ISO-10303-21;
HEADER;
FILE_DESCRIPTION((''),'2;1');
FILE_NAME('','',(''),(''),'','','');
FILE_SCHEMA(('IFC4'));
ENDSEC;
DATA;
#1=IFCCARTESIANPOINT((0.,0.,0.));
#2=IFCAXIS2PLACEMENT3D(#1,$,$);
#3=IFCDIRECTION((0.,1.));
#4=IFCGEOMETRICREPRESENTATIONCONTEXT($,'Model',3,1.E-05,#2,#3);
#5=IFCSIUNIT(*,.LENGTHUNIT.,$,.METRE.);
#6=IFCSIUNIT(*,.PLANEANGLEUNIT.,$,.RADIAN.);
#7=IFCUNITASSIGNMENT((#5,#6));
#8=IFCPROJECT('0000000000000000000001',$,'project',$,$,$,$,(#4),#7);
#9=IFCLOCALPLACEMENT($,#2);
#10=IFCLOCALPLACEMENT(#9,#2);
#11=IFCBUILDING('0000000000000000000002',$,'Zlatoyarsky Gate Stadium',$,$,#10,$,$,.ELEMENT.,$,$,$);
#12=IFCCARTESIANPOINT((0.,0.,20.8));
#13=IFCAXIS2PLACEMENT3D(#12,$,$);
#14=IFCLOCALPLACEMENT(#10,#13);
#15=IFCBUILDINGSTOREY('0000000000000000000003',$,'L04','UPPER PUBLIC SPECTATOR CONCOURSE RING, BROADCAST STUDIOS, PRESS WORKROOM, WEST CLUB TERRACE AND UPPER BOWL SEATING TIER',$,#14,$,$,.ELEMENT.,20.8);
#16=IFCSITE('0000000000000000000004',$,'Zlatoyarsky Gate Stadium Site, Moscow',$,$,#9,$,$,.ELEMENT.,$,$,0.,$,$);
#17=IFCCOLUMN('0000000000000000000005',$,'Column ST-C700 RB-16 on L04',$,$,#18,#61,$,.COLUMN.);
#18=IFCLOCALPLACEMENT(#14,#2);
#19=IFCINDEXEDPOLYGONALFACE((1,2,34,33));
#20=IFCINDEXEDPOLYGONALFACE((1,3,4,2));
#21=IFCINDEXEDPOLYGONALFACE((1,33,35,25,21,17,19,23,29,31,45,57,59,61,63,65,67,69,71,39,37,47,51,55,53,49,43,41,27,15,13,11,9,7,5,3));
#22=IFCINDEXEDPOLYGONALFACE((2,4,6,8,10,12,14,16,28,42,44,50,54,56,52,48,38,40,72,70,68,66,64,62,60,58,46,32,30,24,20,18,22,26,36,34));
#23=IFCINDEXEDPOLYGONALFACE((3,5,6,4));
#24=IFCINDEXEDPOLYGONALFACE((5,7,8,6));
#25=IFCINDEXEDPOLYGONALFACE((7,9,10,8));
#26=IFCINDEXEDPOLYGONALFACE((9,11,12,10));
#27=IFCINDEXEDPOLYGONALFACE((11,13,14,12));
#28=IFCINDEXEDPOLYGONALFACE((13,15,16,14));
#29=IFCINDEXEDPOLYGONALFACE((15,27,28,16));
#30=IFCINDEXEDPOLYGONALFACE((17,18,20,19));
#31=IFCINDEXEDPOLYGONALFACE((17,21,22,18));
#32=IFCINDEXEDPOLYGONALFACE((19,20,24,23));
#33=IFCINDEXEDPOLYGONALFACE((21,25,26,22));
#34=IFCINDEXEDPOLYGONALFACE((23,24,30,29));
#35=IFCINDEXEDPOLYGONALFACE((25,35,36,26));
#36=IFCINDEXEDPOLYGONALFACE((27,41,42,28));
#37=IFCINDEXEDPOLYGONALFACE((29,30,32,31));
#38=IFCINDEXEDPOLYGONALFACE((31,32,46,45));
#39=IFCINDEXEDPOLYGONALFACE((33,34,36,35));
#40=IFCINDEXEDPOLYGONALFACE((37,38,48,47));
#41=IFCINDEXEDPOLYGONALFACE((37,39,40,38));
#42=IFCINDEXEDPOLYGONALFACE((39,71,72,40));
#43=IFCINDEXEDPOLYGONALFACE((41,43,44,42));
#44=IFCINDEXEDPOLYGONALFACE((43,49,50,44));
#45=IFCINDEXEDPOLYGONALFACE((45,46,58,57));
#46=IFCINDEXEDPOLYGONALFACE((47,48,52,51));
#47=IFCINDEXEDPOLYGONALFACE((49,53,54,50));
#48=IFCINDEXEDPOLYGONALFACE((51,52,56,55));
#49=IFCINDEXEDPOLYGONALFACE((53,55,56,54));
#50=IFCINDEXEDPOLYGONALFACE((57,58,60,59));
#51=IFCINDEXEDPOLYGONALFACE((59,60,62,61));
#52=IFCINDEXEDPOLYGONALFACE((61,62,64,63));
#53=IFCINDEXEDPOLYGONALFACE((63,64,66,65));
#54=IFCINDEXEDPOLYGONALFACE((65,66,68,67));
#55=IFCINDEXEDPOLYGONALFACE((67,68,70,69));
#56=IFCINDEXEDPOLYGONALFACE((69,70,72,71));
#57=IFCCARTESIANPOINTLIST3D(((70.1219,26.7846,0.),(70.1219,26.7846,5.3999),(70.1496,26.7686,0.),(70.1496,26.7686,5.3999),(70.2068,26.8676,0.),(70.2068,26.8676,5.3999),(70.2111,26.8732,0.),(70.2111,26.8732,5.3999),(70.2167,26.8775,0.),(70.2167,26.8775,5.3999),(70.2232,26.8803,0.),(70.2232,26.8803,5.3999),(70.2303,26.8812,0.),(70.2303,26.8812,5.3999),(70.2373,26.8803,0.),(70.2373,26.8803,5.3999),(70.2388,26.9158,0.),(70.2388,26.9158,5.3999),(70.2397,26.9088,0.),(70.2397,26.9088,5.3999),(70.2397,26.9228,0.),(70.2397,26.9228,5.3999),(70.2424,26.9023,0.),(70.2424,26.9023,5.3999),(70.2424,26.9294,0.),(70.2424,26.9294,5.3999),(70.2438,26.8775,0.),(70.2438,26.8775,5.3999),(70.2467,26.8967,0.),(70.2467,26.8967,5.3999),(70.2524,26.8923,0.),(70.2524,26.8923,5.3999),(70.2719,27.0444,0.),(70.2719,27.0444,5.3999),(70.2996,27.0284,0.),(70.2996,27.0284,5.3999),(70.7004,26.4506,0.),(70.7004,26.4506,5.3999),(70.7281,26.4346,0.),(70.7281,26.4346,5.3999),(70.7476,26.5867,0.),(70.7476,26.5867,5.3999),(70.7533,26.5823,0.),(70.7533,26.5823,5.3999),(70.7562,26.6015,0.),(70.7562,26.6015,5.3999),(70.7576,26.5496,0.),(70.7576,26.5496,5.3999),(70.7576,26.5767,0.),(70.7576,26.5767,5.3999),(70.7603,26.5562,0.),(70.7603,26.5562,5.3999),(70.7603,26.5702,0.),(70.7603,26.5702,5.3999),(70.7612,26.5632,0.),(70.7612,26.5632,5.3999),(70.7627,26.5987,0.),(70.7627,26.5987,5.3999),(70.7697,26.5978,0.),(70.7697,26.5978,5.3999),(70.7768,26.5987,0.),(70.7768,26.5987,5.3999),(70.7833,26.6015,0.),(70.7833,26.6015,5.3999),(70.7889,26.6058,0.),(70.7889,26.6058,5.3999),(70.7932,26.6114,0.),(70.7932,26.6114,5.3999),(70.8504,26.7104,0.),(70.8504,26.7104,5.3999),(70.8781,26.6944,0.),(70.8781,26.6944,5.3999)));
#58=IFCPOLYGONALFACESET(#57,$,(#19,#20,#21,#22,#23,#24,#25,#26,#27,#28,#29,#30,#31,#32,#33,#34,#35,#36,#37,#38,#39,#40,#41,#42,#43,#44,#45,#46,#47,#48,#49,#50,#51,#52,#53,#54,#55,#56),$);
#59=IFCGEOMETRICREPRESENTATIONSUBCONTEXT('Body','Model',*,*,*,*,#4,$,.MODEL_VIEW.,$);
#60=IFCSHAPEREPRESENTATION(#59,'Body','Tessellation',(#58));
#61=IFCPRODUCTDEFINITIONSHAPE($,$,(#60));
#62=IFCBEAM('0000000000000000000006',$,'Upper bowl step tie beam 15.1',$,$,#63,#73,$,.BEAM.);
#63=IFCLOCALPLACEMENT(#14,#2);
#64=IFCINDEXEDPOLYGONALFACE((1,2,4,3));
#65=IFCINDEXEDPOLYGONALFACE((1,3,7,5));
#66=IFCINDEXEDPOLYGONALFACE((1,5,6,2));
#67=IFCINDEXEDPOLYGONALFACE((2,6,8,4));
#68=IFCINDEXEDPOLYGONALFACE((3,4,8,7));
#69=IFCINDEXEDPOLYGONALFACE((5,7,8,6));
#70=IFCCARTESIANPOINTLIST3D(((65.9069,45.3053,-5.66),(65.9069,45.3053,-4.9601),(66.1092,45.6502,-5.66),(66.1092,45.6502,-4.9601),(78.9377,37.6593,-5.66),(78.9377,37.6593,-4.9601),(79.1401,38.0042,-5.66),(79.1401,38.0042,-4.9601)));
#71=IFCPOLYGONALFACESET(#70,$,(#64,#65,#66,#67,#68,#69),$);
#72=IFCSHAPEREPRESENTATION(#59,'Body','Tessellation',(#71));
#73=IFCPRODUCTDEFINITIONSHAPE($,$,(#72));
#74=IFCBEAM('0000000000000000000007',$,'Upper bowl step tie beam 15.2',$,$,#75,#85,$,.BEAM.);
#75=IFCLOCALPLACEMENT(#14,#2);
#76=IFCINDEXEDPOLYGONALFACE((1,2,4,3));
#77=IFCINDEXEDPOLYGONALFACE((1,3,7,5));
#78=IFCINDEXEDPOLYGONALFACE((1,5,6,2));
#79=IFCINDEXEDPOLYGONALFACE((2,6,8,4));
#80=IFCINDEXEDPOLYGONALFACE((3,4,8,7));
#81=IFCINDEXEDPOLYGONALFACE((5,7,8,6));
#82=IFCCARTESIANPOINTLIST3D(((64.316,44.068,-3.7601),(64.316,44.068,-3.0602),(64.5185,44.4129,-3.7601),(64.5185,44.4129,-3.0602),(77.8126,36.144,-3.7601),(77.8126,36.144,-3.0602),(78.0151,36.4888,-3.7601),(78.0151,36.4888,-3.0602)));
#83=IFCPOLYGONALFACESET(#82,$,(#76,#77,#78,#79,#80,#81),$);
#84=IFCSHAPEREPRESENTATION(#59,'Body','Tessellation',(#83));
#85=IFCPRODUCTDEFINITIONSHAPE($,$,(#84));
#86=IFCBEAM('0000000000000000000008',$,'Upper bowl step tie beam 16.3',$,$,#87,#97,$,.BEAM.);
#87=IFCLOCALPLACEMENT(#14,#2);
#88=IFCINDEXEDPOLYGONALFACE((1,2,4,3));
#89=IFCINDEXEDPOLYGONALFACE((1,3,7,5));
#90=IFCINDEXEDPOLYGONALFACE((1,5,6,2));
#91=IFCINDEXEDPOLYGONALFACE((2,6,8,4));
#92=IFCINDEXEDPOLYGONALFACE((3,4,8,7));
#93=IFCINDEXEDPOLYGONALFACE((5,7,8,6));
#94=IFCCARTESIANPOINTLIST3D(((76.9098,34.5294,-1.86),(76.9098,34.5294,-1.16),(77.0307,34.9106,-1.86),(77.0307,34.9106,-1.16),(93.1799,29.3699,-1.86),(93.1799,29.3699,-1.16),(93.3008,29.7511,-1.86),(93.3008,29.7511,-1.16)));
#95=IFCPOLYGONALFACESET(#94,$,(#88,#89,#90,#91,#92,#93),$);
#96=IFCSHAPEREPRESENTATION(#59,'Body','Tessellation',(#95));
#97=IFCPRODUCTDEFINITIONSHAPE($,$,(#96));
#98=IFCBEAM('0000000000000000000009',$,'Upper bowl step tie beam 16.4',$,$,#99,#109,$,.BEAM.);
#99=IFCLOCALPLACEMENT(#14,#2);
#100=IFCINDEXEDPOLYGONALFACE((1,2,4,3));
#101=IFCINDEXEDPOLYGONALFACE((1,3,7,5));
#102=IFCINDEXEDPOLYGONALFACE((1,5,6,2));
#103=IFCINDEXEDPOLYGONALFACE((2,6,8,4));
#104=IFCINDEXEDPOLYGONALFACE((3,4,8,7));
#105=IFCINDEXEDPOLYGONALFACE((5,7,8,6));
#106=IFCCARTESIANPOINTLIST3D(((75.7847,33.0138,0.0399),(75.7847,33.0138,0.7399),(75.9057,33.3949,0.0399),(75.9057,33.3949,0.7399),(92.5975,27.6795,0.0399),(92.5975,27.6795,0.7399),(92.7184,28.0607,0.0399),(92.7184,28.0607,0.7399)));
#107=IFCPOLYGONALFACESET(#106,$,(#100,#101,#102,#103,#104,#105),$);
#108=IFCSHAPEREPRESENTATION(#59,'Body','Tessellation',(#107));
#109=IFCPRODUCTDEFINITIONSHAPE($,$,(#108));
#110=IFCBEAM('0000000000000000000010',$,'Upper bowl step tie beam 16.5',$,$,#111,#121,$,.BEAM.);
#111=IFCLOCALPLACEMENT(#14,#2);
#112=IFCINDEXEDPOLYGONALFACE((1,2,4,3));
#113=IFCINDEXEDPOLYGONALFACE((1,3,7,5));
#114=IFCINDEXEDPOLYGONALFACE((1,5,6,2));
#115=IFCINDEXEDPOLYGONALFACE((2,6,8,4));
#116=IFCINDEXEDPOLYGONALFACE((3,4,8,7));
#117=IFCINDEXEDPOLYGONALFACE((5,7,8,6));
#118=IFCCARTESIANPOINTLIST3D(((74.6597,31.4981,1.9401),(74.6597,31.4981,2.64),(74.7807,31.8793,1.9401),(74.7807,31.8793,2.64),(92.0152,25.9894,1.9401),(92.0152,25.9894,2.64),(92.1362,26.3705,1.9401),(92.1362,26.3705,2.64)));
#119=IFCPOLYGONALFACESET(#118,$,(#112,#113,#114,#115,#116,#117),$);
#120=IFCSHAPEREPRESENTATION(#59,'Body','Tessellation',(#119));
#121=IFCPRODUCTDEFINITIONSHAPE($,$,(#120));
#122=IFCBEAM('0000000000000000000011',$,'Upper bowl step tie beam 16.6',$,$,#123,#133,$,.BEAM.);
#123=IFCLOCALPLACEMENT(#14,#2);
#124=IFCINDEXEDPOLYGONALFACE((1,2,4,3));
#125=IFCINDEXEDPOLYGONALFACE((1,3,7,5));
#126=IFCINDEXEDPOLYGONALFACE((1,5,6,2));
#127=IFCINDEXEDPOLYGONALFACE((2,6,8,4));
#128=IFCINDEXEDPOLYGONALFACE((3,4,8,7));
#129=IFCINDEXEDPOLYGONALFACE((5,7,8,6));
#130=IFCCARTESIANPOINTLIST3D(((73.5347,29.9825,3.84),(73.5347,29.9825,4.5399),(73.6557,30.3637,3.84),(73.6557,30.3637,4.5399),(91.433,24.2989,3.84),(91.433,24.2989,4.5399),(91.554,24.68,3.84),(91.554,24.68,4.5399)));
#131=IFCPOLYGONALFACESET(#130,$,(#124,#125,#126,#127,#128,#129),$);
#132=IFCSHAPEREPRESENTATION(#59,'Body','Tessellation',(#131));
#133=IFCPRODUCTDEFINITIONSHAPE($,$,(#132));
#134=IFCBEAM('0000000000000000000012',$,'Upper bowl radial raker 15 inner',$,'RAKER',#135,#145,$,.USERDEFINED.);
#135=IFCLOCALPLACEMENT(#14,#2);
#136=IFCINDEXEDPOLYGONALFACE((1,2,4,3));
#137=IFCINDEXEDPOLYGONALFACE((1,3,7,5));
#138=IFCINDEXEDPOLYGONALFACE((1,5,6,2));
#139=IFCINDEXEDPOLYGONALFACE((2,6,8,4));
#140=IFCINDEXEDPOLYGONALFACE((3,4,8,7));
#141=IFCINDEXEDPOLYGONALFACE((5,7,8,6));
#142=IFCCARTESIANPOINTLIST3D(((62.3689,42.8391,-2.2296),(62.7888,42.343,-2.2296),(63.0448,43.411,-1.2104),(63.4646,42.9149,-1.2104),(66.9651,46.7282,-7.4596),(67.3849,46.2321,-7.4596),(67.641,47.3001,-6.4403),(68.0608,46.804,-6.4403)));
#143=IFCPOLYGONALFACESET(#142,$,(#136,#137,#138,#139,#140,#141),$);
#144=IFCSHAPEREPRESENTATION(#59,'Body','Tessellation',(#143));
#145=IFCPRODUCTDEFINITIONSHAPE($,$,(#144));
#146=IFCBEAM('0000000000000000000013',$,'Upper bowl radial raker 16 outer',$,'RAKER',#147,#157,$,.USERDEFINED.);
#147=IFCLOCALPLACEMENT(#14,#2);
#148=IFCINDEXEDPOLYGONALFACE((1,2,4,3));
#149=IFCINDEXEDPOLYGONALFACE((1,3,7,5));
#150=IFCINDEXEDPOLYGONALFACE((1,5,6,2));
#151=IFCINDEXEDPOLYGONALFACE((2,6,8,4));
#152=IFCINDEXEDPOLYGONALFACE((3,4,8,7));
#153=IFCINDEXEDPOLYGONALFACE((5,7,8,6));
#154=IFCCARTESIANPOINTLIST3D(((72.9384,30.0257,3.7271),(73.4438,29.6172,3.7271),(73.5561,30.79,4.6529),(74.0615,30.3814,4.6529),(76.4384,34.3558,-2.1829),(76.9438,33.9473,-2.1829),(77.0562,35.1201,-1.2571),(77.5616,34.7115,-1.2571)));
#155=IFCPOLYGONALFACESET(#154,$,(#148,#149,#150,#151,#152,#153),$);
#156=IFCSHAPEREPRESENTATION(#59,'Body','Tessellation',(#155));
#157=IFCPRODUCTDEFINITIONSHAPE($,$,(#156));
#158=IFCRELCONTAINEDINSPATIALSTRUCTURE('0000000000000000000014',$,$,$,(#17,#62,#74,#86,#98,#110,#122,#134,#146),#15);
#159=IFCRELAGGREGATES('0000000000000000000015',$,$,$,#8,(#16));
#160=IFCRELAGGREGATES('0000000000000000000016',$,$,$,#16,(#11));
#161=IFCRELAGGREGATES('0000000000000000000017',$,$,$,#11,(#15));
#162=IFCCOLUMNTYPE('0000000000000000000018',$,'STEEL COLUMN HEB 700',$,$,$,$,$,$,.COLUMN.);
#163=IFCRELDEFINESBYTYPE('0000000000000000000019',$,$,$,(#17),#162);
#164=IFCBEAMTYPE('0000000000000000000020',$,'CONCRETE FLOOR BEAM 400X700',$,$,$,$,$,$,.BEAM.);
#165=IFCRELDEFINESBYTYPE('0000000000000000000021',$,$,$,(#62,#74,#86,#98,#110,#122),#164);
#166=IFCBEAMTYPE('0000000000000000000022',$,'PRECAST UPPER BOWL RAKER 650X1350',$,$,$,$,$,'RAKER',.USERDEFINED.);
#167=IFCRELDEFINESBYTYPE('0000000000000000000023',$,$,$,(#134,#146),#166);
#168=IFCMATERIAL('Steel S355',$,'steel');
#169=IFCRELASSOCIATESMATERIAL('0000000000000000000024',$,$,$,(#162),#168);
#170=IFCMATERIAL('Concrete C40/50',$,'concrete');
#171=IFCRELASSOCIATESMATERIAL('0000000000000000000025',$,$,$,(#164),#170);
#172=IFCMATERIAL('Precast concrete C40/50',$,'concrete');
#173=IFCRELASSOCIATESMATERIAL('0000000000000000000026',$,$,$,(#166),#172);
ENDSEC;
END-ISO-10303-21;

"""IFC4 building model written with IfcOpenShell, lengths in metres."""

from ifc_helpers import new_model, si_unit, direction, frame, origin, origin_2d, place, context, subcontext, project, spatial, rectangle, i_section, extrude, material, material_profile, profile_set, type_object, element, save


model = new_model("IFC4")

# Units and contexts
model_context = context("Model", 3, precision=1e-05, world=origin(), true_north=direction((0.0, 1.0)))
body_context = subcontext(model_context, "Body", "Model", "MODEL_VIEW")
ifc_project = project(units=[si_unit("LENGTHUNIT", "METRE"), si_unit("PLANEANGLEUNIT", "RADIAN")], contexts=[model_context])

# Site, building, storey
site_placement = place(None, origin())
site = spatial("IfcSite", under=ifc_project, at=site_placement, Name="Zlatoyarsky Gate Stadium Site, Moscow", CompositionType="ELEMENT", RefElevation=0.0)
building_placement = place(site_placement, origin())
building = spatial("IfcBuilding", under=site, at=building_placement, Name="Zlatoyarsky Gate Stadium", CompositionType="ELEMENT")
storey_placement = place(building_placement, frame((0.0, 0.0, 20.8)))
storey = spatial("IfcBuildingStorey", under=building, at=storey_placement, Name="L04", Description="UPPER PUBLIC SPECTATOR CONCOURSE RING, BROADCAST STUDIOS, PRESS WORKROOM, WEST CLUB TERRACE AND UPPER BOWL SEATING TIER", CompositionType="ELEMENT", Elevation=20.8)

# Column
ifc_material_1 = material(Name="Steel S355", Category="steel")
ifc_material_profile_1 = material_profile(ifc_material_1, i_section(OverallWidth=0.3, OverallDepth=0.7, WebThickness=0.0171, FlangeThickness=0.032, FilletRadius=0.0271, at=origin_2d()), Name="HEB 700")
ifc_profile_set_1 = profile_set([ifc_material_profile_1], Name="Steel S355")
column_type = type_object("IfcColumnType", Name="STEEL COLUMN HEB 700", PredefinedType="COLUMN", material=ifc_profile_set_1)
column_placement = place(storey_placement, frame((70.5, 26.7395, 0.0), z_axis=(0.0, 0.0, 1.0), x_axis=(-0.5, -0.866025, 0.0)))
element("IfcColumn", 1, at=column_placement, inside=storey, type_object=column_type, Name="Column ST-C700 RB-16 on L04", PredefinedType="COLUMN", context=body_context, shape_type="SweptSolid", body=[
    extrude(i_section(OverallWidth=0.3, OverallDepth=0.7, WebThickness=0.0171, FlangeThickness=0.032, FilletRadius=0.0271, at=origin_2d()), origin(), (0.0, 0.0, 1.0), 5.3999),
])

# Beams
ifc_material_2 = material(Name="Concrete C40/50", Category="concrete")
ifc_material_profile_2 = material_profile(ifc_material_2, rectangle(XDim=0.3999, YDim=0.7, at=origin_2d()), Name="RC BEAM 400X700")
ifc_profile_set_2 = profile_set([ifc_material_profile_2], Name="Concrete C40/50")
beam_type_1 = type_object("IfcBeamType", Name="CONCRETE FLOOR BEAM 400X700", PredefinedType="BEAM", material=ifc_profile_set_2)
beam_1_placement = place(storey_placement, frame((66.0081, 45.4778, -5.3101), z_axis=(0.862488, -0.506078, 0.0), x_axis=(0.506078, 0.862488, 0.0)))
element("IfcBeam", 2, at=beam_1_placement, inside=storey, type_object=beam_type_1, Name="Upper bowl step tie beam 15.1", PredefinedType="BEAM", context=body_context, shape_type="SweptSolid", body=[
    extrude(rectangle(XDim=0.3999, YDim=0.7, at=origin_2d()), origin(), (0.0, 0.0, 1.0), 15.1084),
])
beam_2_placement = place(storey_placement, frame((64.4172, 44.2405, -3.4102), z_axis=(0.862355, -0.506303, 0.0), x_axis=(0.506303, 0.862355, 0.0)))
element("IfcBeam", 3, at=beam_2_placement, inside=storey, type_object=beam_type_1, Name="Upper bowl step tie beam 15.2", PredefinedType="BEAM", context=body_context, shape_type="SweptSolid", body=[
    extrude(rectangle(XDim=0.3999, YDim=0.7, at=origin_2d()), origin(), (0.0, 0.0, 1.0), 15.6509),
])
beam_3_placement = place(storey_placement, frame((76.9702, 34.72, -1.51), z_axis=(0.95322, -0.302278, 0.0), x_axis=(0.302278, 0.95322, 0.0)))
element("IfcBeam", 4, at=beam_3_placement, inside=storey, type_object=beam_type_1, Name="Upper bowl step tie beam 16.3", PredefinedType="BEAM", context=body_context, shape_type="SweptSolid", body=[
    extrude(rectangle(XDim=0.3999, YDim=0.7, at=origin_2d()), origin(), (0.0, 0.0, 1.0), 17.0686),
])
beam_4_placement = place(storey_placement, frame((75.8452, 33.2043, 0.3899), z_axis=(0.953176, -0.302417, 0.0), x_axis=(0.302417, 0.953176, 0.0)))
element("IfcBeam", 5, at=beam_4_placement, inside=storey, type_object=beam_type_1, Name="Upper bowl step tie beam 16.4", PredefinedType="BEAM", context=body_context, shape_type="SweptSolid", body=[
    extrude(rectangle(XDim=0.3999, YDim=0.7, at=origin_2d()), origin(), (0.0, 0.0, 1.0), 17.6387),
])
beam_5_placement = place(storey_placement, frame((74.7202, 31.6887, 2.29), z_axis=(0.953138, -0.302535, 0.0), x_axis=(0.302535, 0.953138, 0.0)))
element("IfcBeam", 6, at=beam_5_placement, inside=storey, type_object=beam_type_1, Name="Upper bowl step tie beam 16.5", PredefinedType="BEAM", context=body_context, shape_type="SweptSolid", body=[
    extrude(rectangle(XDim=0.3999, YDim=0.7, at=origin_2d()), origin(), (0.0, 0.0, 1.0), 18.2087),
])
beam_6_placement = place(storey_placement, frame((73.5952, 30.1731, 4.1899), z_axis=(0.953099, -0.302658, 0.0), x_axis=(0.302658, 0.953099, 0.0)))
element("IfcBeam", 7, at=beam_6_placement, inside=storey, type_object=beam_type_1, Name="Upper bowl step tie beam 16.6", PredefinedType="BEAM", context=body_context, shape_type="SweptSolid", body=[
    extrude(rectangle(XDim=0.3999, YDim=0.7, at=origin_2d()), origin(), (0.0, 0.0, 1.0), 18.7791),
])
ifc_material_3 = material(Name="Precast concrete C40/50", Category="concrete")
ifc_material_profile_3 = material_profile(ifc_material_3, rectangle(XDim=0.6499, YDim=1.3501, at=origin_2d()), Name="PC RAKER 650X1350")
ifc_profile_set_3 = profile_set([ifc_material_profile_3], Name="Precast concrete C40/50")
beam_type_2 = type_object("IfcBeamType", Name="PRECAST UPPER BOWL RAKER 650X1350", ElementType="RAKER", PredefinedType="USERDEFINED", material=ifc_profile_set_3)
beam_7_placement = place(storey_placement, frame((67.5129, 46.7661, -6.95), z_axis=(-0.576313, -0.487659, 0.655783), x_axis=(0.64595, -0.76338, 0.0)))
element("IfcBeam", 8, at=beam_7_placement, inside=storey, type_object=beam_type_2, Name="Upper bowl radial raker 15 inner", ObjectType="RAKER", PredefinedType="USERDEFINED", context=body_context, shape_type="SweptSolid", body=[
    extrude(rectangle(XDim=0.6499, YDim=1.3501, at=origin_2d()), origin(), (0.0, 0.0, 1.0), 7.9751),
])
beam_8_placement = place(storey_placement, frame((77.0, 34.5337, -1.72), z_axis=(-0.43106, -0.533292, 0.727865), x_axis=(0.77771, -0.628623, 0.0)))
element("IfcBeam", 9, at=beam_8_placement, inside=storey, type_object=beam_type_2, Name="Upper bowl radial raker 16 outer", ObjectType="RAKER", PredefinedType="USERDEFINED", context=body_context, shape_type="SweptSolid", body=[
    extrude(rectangle(XDim=0.6499, YDim=1.3501, at=origin_2d()), origin(), (0.0, 0.0, 1.0), 8.1196),
])

save(model, "model.ifc")
